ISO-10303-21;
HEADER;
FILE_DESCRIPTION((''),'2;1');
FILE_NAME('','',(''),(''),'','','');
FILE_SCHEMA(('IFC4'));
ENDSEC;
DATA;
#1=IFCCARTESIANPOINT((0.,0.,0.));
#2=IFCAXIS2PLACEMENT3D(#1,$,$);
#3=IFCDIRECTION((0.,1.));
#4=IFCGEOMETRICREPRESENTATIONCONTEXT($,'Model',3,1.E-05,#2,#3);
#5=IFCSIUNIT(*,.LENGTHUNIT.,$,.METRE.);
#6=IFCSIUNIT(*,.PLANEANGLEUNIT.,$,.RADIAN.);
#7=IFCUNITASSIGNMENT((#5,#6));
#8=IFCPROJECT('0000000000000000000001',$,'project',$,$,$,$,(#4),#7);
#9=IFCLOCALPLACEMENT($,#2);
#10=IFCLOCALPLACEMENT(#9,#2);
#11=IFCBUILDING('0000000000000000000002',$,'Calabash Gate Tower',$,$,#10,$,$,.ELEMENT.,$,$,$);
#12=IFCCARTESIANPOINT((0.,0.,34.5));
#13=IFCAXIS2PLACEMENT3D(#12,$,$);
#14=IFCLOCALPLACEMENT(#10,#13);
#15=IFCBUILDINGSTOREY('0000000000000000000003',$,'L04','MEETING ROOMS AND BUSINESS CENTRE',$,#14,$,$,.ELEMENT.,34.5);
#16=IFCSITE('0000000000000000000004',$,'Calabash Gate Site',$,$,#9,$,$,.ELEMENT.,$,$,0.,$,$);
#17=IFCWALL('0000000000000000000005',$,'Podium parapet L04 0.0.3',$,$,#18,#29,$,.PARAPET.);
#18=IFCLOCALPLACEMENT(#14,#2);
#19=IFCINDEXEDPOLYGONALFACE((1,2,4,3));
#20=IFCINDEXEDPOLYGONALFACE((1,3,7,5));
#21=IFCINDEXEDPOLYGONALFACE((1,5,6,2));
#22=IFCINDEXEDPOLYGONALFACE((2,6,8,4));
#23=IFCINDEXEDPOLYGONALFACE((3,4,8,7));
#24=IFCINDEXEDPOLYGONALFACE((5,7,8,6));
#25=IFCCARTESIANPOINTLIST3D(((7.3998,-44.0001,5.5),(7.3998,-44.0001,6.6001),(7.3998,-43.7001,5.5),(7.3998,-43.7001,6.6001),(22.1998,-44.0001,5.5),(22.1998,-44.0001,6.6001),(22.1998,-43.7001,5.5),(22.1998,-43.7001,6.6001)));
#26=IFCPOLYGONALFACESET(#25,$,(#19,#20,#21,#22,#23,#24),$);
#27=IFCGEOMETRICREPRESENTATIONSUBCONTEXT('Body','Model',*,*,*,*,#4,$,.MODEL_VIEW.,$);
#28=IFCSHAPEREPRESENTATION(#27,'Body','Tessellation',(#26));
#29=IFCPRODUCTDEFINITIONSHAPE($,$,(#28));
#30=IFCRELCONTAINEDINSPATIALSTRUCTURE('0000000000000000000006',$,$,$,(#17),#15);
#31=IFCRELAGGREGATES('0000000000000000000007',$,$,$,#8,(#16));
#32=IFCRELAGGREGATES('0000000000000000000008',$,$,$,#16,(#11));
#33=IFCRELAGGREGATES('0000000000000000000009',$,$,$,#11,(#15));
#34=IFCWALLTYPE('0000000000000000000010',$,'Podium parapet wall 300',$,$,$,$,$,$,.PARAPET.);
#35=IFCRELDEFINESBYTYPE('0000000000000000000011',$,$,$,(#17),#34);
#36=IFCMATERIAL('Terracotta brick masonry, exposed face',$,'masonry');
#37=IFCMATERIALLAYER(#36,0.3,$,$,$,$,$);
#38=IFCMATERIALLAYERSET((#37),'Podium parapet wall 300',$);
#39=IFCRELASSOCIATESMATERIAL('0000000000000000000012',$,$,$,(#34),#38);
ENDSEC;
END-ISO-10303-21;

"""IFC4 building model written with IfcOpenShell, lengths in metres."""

from ifc_helpers import new_model, si_unit, direction, frame, frame_2d, origin, place, context, subcontext, project, spatial, rectangle, extrude, material, layer, layer_set, type_object, element, save


model = new_model("IFC4")

# Units and contexts
model_context = context("Model", 3, precision=1e-05, world=origin(), true_north=direction((0.0, 1.0)))
body_context = subcontext(model_context, "Body", "Model", "MODEL_VIEW")
ifc_project = project(units=[si_unit("LENGTHUNIT", "METRE"), si_unit("PLANEANGLEUNIT", "RADIAN")], contexts=[model_context])

# Site, building, storey
site_placement = place(None, origin())
site = spatial("IfcSite", under=ifc_project, at=site_placement, Name="Calabash Gate Site", CompositionType="ELEMENT", RefElevation=0.0)
building_placement = place(site_placement, origin())
building = spatial("IfcBuilding", under=site, at=building_placement, Name="Calabash Gate Tower", CompositionType="ELEMENT")
storey_placement = place(building_placement, frame((0.0, 0.0, 34.5)))
storey = spatial("IfcBuildingStorey", under=building, at=storey_placement, Name="L04", Description="MEETING ROOMS AND BUSINESS CENTRE", CompositionType="ELEMENT", Elevation=34.5)

# Wall
ifc_material_1 = material(Name="Terracotta brick masonry, exposed face", Category="masonry")
ifc_layer_1 = layer(ifc_material_1, 0.3)
ifc_layer_set_1 = layer_set([ifc_layer_1], Name="Podium parapet wall 300")
wall_type_1 = type_object("IfcWallType", Name="Podium parapet wall 300", PredefinedType="PARAPET", material=ifc_layer_set_1)
wall_1_placement = place(storey_placement, frame((7.3999, -43.8501, 5.5), z_axis=(0.0, 0.0, 1.0), x_axis=(1.0, 0.0, 0.0)))
element("IfcWall", 1, at=wall_1_placement, inside=storey, type_object=wall_type_1, Name="Podium parapet L04 0.0.3", PredefinedType="PARAPET", context=body_context, shape_type="SweptSolid", body=[
    extrude(rectangle(XDim=14.8, YDim=0.3, at=frame_2d((7.3999, 0.0))), origin(), (0.0, 0.0, 1.0), 1.1001),
])

save(model, "model.ifc")
